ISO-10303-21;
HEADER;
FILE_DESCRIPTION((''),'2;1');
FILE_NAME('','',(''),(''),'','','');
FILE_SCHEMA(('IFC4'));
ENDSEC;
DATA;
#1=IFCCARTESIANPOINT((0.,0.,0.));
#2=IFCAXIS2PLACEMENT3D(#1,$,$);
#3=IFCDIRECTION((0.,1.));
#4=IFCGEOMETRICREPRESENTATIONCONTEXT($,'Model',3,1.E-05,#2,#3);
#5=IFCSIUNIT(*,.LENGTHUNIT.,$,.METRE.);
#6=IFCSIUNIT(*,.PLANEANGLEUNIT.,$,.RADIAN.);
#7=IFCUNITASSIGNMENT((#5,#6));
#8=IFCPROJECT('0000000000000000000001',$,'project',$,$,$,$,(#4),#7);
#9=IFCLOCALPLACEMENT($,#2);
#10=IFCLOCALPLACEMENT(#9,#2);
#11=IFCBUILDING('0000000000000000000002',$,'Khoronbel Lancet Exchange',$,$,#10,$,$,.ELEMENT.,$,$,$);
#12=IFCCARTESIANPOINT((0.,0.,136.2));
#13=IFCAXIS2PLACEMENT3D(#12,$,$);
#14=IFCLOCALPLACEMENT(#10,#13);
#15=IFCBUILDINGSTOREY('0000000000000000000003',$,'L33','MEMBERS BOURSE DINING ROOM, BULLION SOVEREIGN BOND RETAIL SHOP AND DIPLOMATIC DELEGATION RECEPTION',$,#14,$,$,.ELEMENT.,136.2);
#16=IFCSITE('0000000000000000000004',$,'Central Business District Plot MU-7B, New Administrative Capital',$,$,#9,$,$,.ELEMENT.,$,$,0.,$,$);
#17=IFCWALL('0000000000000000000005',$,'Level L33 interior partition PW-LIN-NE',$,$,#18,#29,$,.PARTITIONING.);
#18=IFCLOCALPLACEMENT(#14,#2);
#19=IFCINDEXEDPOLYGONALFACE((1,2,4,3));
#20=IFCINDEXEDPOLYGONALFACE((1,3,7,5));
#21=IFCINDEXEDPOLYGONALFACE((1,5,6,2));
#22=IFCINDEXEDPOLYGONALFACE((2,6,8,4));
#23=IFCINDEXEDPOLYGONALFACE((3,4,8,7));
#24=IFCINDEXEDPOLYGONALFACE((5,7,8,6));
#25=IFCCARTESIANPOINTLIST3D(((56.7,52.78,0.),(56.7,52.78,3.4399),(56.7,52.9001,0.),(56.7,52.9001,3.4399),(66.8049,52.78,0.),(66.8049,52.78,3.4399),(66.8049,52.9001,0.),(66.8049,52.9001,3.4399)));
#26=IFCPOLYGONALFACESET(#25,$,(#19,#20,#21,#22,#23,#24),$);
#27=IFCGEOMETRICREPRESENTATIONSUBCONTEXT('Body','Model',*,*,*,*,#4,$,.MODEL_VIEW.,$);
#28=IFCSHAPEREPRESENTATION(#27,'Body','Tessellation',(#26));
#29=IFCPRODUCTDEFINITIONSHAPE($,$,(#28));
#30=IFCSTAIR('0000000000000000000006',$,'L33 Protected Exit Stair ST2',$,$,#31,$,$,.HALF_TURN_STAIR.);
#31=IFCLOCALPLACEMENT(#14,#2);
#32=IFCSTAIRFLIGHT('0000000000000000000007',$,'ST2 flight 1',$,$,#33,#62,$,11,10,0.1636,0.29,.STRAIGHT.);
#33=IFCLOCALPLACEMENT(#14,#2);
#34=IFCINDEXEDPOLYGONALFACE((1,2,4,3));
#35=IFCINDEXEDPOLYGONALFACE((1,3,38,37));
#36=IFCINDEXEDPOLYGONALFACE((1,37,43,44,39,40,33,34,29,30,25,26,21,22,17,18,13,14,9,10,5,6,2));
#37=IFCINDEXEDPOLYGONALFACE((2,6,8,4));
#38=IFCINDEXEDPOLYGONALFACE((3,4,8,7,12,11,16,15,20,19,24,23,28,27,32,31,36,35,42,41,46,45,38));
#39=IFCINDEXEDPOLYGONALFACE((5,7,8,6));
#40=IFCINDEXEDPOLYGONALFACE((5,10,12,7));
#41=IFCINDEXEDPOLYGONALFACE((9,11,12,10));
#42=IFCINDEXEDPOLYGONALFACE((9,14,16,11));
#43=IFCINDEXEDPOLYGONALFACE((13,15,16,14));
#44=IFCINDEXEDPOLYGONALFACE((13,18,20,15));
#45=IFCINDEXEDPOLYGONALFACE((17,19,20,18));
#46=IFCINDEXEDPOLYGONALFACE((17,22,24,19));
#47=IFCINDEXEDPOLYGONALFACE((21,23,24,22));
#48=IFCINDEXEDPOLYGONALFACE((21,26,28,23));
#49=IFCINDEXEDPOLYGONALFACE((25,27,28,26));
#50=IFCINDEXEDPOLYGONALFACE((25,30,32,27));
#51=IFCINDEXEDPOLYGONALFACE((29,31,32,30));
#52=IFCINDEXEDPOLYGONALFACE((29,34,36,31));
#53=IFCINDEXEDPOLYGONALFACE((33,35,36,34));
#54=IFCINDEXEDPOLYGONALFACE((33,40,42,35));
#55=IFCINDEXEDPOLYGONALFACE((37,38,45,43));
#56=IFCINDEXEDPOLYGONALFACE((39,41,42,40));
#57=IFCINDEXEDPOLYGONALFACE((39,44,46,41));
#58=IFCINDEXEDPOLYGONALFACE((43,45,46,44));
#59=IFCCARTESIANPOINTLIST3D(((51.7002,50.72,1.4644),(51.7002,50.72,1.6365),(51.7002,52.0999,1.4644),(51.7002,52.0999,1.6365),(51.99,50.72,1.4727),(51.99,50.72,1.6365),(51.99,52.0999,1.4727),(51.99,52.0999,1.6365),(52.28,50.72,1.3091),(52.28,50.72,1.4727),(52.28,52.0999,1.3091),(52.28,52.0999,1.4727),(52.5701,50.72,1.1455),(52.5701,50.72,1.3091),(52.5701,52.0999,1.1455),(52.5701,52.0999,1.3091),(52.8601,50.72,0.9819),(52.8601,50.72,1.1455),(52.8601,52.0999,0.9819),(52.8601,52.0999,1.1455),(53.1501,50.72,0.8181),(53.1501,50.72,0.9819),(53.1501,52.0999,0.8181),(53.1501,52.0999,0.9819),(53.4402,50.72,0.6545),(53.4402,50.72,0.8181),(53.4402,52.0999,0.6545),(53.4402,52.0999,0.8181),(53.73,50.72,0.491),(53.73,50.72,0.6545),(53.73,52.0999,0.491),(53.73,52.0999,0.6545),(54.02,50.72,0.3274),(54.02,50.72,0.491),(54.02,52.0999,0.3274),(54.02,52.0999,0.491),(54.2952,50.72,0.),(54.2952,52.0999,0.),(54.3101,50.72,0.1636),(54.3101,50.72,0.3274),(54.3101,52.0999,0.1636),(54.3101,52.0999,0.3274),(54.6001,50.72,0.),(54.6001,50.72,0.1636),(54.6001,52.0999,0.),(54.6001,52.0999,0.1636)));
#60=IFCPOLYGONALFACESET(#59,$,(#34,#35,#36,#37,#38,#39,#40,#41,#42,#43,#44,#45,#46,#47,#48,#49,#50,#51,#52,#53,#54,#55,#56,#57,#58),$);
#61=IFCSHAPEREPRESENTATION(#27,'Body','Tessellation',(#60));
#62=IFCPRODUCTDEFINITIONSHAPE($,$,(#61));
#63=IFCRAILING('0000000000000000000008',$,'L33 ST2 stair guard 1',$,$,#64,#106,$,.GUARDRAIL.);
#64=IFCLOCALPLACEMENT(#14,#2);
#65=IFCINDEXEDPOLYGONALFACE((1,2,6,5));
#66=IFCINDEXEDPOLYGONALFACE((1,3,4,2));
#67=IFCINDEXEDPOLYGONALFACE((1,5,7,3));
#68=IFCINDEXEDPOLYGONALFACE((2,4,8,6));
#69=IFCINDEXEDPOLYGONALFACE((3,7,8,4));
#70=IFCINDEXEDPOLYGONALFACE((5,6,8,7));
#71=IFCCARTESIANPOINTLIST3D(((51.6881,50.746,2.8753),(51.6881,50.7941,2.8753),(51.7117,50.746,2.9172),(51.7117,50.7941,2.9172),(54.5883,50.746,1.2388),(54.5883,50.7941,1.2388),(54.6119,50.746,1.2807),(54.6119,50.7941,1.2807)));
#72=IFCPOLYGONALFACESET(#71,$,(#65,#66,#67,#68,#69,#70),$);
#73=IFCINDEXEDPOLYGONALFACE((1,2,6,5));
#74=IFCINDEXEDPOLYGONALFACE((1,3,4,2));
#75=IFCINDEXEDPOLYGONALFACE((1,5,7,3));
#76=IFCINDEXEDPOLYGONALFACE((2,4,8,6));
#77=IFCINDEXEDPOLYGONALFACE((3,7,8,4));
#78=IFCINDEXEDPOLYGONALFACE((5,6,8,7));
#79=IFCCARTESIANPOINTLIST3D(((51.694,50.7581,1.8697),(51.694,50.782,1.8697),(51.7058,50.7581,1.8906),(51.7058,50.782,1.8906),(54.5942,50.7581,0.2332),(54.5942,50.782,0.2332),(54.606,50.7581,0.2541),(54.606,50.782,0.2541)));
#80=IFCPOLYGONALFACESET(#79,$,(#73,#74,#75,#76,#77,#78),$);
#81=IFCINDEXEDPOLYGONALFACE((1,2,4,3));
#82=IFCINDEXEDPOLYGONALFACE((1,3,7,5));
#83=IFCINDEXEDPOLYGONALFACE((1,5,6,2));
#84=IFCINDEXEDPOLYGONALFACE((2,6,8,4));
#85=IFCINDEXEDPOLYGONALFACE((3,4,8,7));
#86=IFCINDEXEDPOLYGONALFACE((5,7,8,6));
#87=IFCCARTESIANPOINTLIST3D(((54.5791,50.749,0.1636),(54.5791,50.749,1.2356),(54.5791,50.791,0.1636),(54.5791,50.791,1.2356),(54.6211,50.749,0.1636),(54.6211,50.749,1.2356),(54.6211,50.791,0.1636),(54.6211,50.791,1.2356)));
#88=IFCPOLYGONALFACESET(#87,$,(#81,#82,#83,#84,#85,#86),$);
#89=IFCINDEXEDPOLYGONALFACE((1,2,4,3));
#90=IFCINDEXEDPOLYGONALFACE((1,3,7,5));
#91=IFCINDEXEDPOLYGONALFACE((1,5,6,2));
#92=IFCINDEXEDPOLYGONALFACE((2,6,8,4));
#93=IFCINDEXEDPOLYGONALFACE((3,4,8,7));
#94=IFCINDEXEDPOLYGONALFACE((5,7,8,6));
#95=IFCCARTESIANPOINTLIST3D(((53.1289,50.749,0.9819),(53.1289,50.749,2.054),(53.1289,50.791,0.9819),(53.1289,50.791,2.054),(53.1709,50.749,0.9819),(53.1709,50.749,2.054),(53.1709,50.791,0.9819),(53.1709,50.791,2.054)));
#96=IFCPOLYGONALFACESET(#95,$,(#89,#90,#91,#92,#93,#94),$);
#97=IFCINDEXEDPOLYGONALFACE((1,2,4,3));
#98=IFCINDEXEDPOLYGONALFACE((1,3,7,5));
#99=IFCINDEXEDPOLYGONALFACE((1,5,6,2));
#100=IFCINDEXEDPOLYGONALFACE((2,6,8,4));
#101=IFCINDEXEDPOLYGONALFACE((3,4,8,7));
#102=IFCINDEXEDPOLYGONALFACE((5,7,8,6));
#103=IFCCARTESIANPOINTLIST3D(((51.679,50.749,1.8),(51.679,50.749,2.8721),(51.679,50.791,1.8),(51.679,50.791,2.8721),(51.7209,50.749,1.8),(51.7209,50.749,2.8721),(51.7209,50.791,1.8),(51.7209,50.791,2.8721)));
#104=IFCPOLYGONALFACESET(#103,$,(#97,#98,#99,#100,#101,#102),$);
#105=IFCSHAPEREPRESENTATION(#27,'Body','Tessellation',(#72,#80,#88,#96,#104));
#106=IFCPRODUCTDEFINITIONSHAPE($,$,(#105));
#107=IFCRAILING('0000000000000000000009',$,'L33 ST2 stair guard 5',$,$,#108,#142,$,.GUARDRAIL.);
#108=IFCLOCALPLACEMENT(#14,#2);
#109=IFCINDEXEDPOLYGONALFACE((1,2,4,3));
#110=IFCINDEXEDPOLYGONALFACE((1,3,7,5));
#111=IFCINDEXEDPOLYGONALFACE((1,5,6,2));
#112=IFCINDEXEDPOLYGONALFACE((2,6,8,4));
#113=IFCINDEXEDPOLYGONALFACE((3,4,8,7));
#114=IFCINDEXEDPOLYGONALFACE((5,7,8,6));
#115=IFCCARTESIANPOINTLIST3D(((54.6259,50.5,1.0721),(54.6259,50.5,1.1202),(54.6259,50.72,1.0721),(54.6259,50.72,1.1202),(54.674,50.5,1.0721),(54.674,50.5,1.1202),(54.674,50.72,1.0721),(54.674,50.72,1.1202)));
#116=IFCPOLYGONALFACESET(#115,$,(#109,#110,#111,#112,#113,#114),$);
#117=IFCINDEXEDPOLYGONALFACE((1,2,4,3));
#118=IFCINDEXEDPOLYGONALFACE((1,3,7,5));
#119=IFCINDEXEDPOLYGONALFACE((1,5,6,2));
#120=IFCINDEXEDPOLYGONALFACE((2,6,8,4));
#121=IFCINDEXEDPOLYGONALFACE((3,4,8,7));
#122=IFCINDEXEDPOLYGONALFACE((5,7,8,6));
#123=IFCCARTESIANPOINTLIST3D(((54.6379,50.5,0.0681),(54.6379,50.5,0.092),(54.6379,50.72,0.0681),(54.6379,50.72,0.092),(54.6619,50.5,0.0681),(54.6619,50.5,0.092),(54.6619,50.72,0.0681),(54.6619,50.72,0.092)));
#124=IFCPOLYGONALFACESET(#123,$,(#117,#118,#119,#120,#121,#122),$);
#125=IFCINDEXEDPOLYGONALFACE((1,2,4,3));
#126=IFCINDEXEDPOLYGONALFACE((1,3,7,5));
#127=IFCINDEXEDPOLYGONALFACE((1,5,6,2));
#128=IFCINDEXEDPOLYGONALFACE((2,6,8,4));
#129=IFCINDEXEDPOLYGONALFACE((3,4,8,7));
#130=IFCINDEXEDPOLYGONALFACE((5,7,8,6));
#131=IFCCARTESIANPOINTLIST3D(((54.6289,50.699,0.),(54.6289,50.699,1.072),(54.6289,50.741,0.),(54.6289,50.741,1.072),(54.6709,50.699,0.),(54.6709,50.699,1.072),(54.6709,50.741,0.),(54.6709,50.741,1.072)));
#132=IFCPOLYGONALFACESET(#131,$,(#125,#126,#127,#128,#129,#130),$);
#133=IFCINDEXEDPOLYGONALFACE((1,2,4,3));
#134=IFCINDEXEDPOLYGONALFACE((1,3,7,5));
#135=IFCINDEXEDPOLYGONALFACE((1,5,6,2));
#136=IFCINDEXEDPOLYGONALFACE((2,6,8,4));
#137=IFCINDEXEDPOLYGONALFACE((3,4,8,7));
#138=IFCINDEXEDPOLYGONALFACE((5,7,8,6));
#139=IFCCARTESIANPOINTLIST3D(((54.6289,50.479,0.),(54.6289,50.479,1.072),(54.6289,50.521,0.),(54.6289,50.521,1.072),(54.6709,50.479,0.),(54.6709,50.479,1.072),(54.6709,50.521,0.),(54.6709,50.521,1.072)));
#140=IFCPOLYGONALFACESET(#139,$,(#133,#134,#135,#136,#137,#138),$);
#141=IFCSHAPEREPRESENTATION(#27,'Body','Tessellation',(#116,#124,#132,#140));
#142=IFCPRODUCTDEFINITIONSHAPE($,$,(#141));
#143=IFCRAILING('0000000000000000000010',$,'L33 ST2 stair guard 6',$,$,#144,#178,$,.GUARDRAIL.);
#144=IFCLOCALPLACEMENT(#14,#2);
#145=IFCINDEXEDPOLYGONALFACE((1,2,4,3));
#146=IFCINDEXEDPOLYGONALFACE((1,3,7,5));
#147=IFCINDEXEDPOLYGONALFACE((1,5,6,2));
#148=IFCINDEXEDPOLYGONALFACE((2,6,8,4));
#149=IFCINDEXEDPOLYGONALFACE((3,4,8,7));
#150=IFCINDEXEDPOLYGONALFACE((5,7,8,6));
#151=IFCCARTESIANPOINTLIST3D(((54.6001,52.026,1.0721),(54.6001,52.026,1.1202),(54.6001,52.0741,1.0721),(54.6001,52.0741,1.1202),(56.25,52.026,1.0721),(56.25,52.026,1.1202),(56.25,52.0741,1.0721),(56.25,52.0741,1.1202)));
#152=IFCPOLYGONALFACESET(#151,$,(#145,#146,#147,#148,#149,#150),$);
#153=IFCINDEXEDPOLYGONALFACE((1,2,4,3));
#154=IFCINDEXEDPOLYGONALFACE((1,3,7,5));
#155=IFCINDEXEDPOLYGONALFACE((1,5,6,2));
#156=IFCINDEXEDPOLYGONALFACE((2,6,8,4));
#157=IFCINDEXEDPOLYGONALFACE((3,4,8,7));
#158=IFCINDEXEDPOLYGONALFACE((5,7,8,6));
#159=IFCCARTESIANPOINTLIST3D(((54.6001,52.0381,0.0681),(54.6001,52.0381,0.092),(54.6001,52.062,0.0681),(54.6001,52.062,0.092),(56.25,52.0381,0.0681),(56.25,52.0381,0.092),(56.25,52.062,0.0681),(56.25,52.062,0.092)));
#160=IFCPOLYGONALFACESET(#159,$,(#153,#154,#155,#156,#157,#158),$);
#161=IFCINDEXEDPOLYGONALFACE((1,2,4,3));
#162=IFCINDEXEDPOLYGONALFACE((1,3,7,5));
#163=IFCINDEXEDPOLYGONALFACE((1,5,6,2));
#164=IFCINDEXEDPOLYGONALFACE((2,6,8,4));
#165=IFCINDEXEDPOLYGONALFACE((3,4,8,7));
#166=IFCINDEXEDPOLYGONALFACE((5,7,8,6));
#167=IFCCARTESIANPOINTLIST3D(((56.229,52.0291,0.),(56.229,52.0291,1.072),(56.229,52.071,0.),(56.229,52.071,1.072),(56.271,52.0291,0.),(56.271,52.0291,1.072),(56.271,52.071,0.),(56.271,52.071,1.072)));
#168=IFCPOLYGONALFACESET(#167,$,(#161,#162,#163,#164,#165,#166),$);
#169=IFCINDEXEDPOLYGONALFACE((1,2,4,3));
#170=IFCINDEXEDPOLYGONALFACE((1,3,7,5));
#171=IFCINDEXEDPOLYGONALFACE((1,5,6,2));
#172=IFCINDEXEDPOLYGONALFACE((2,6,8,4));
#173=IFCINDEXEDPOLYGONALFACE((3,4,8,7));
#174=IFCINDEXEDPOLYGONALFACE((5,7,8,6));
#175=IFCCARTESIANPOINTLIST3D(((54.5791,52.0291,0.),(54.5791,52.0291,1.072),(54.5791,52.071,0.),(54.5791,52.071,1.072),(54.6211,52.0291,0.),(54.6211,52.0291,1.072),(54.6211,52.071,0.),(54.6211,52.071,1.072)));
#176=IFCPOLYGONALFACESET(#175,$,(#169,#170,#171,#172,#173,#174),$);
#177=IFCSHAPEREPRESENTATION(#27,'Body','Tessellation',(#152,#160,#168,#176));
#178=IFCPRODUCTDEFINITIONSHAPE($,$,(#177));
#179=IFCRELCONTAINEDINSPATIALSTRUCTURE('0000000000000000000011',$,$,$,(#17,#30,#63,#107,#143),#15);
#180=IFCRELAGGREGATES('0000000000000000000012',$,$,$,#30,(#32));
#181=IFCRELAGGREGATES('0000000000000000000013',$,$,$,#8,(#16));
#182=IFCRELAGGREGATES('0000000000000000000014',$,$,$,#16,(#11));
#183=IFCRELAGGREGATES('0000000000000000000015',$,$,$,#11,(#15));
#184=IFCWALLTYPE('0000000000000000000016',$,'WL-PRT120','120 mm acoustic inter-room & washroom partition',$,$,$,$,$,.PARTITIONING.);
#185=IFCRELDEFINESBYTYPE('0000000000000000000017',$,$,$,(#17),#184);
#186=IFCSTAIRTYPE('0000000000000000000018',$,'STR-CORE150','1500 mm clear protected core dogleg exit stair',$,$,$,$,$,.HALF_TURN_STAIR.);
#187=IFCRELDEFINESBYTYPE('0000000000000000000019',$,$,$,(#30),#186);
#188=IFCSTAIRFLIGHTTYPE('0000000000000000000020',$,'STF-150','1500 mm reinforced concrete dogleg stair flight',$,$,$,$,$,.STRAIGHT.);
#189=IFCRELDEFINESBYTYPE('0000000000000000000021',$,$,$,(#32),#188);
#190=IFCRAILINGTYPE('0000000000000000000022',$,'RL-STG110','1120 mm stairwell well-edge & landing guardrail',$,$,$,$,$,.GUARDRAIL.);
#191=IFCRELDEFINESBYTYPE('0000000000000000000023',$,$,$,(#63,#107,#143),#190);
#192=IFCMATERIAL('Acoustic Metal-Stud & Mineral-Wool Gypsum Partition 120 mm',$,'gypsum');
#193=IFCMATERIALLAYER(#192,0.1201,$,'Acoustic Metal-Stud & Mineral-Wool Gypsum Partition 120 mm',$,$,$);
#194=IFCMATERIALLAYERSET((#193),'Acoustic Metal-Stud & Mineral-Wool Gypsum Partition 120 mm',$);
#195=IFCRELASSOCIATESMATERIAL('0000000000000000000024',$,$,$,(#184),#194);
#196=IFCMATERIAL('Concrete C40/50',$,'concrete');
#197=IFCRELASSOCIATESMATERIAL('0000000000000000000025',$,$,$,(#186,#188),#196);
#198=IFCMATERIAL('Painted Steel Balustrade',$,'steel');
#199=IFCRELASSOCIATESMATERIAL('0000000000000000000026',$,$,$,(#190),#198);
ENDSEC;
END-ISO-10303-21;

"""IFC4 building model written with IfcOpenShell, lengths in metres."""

from ifc_helpers import new_model, si_unit, direction, frame, frame_2d, origin, origin_2d, place, context, subcontext, project, spatial, polyline, rectangle, outline, extrude, material, layer, layer_set, type_object, element, aggregate, save


model = new_model("IFC4")

# Units and contexts
model_context = context("Model", 3, precision=1e-05, world=origin(), true_north=direction((0.0, 1.0)))
body_context = subcontext(model_context, "Body", "Model", "MODEL_VIEW")
ifc_project = project(units=[si_unit("LENGTHUNIT", "METRE"), si_unit("PLANEANGLEUNIT", "RADIAN")], contexts=[model_context])

# Site, building, storey
site_placement = place(None, origin())
site = spatial("IfcSite", under=ifc_project, at=site_placement, Name="Central Business District Plot MU-7B, New Administrative Capital", CompositionType="ELEMENT", RefElevation=0.0)
building_placement = place(site_placement, origin())
building = spatial("IfcBuilding", under=site, at=building_placement, Name="Khoronbel Lancet Exchange", CompositionType="ELEMENT")
storey_placement = place(building_placement, frame((0.0, 0.0, 136.2)))
storey = spatial("IfcBuildingStorey", under=building, at=storey_placement, Name="L33", Description="MEMBERS BOURSE DINING ROOM, BULLION SOVEREIGN BOND RETAIL SHOP AND DIPLOMATIC DELEGATION RECEPTION", CompositionType="ELEMENT", Elevation=136.2)

# Shared definitions
ifc_material_1 = material(Name="Acoustic Metal-Stud & Mineral-Wool Gypsum Partition 120 mm", Category="gypsum")
ifc_layer_1 = layer(ifc_material_1, 0.1201, Name="Acoustic Metal-Stud & Mineral-Wool Gypsum Partition 120 mm")
ifc_layer_set_1 = layer_set([ifc_layer_1], Name="Acoustic Metal-Stud & Mineral-Wool Gypsum Partition 120 mm")
wall_type_1 = type_object("IfcWallType", Name="WL-PRT120", Description="120 mm acoustic inter-room & washroom partition", PredefinedType="PARTITIONING", material=ifc_layer_set_1)

# Wall
wall_1_placement = place(storey_placement, frame((56.7, 52.8401, 0.0), z_axis=(0.0, 0.0, 1.0), x_axis=(1.0, 0.0, 0.0)))
element("IfcWall", 1, at=wall_1_placement, inside=storey, type_object=wall_type_1, Name="Level L33 interior partition PW-LIN-NE", PredefinedType="PARTITIONING", context=body_context, shape_type="SweptSolid", body=[
    extrude(rectangle(XDim=10.105, YDim=0.1201, at=frame_2d((5.0525, 0.0))), origin(), (0.0, 0.0, 1.0), 3.4399),
])

# Stair, stair flight
ifc_material_2 = material(Name="Concrete C40/50", Category="concrete")
stair_type = type_object("IfcStairType", Name="STR-CORE150", Description="1500 mm clear protected core dogleg exit stair", PredefinedType="HALF_TURN_STAIR", material=ifc_material_2)
stair_placement = place(storey_placement, origin())
stair = element("IfcStair", 2, at=stair_placement, inside=storey, type_object=stair_type, Name="L33 Protected Exit Stair ST2", PredefinedType="HALF_TURN_STAIR")
stair_flight_type = type_object("IfcStairFlightType", Name="STF-150", Description="1500 mm reinforced concrete dogleg stair flight", PredefinedType="STRAIGHT", material=ifc_material_2)
stair_flight_placement = place(storey_placement, frame((54.6001, 51.4099, 0.0), z_axis=(0.0, 0.0, 1.0), x_axis=(-1.0, 0.0, 0.0)))
stair_flight = element("IfcStairFlight", 3, at=stair_flight_placement, type_object=stair_flight_type, Name="ST2 flight 1", NumberOfRisers=11, NumberOfTreads=10, PredefinedType="STRAIGHT", RiserHeight=0.1636, TreadLength=0.29, context=body_context, shape_type="SweptSolid", body=[
    extrude(outline(polyline([(0.0, 0.0), (0.0, 0.1636), (0.29, 0.1636), (0.29, 0.3274), (0.5801, 0.3274), (0.5801, 0.491), (0.8701, 0.491), (0.8701, 0.6545), (1.1599, 0.6545), (1.1599, 0.8181), (1.45, 0.8181), (1.45, 0.9819), (1.74, 0.9819), (1.74, 1.1455), (2.03, 1.1455), (2.03, 1.3091), (2.3201, 1.3091), (2.3201, 1.4727), (2.6101, 1.4727), (2.6101, 1.6365), (2.8999, 1.6365), (2.8999, 1.8), (2.8999, 1.4644), (0.3049, 0.0), (0.0, 0.0)])), frame((0.0, 0.6899, 0.0), z_axis=(0.0, -1.0, 0.0), x_axis=(1.0, 0.0, 0.0)), (0.0, 0.0, 1.0), 1.3799),
])
aggregate(stair, [stair_flight])

# Railings
ifc_material_3 = material(Name="Painted Steel Balustrade", Category="steel")
railing_type_1 = type_object("IfcRailingType", Name="RL-STG110", Description="1120 mm stairwell well-edge & landing guardrail", PredefinedType="GUARDRAIL", material=ifc_material_3)
railing_1_placement = place(storey_placement, frame((54.6001, 50.77, 0.1636)))
element("IfcRailing", 4, at=railing_1_placement, inside=storey, type_object=railing_type_1, Name="L33 ST2 stair guard 1", PredefinedType="GUARDRAIL", context=body_context, shape_type="SweptSolid", body=[
    extrude(rectangle(XDim=0.0481, YDim=0.0481, at=origin_2d()), frame((0.0, 0.0, 1.0962), z_axis=(-0.870915, 0.0, 0.491434), x_axis=(0.0, -1.0, 0.0)), (0.0, 0.0, 1.0), 3.3301),
    extrude(rectangle(XDim=0.0239, YDim=0.0239, at=origin_2d()), frame((0.0, 0.0, 0.0801), z_axis=(-0.870915, 0.0, 0.491434), x_axis=(0.0, -1.0, 0.0)), (0.0, 0.0, 1.0), 3.3301),
    extrude(rectangle(XDim=0.042, YDim=0.042, at=origin_2d()), origin(), (0.0, 0.0, 1.0), 1.072),
    extrude(rectangle(XDim=0.042, YDim=0.042, at=origin_2d()), frame((-1.4502, 0.0, 0.8184)), (0.0, 0.0, 1.0), 1.072),
    extrude(rectangle(XDim=0.042, YDim=0.042, at=origin_2d()), frame((-2.9001, 0.0, 1.6365)), (0.0, 0.0, 1.0), 1.072),
])
railing_2_placement = place(storey_placement, frame((54.6499, 50.72, 0.0)))
element("IfcRailing", 5, at=railing_2_placement, inside=storey, type_object=railing_type_1, Name="L33 ST2 stair guard 5", PredefinedType="GUARDRAIL", context=body_context, shape_type="SweptSolid", body=[
    extrude(rectangle(XDim=0.0481, YDim=0.0481, at=origin_2d()), frame((0.0, 0.0, 1.0962), z_axis=(0.0, -1.0, 0.0), x_axis=(1.0, 0.0, 0.0)), (0.0, 0.0, 1.0), 0.22),
    extrude(rectangle(XDim=0.0239, YDim=0.0239, at=origin_2d()), frame((0.0, 0.0, 0.0801), z_axis=(0.0, -1.0, 0.0), x_axis=(1.0, 0.0, 0.0)), (0.0, 0.0, 1.0), 0.22),
    extrude(rectangle(XDim=0.042, YDim=0.042, at=origin_2d()), origin(), (0.0, 0.0, 1.0), 1.072),
    extrude(rectangle(XDim=0.042, YDim=0.042, at=origin_2d()), frame((0.0, -0.22, 0.0)), (0.0, 0.0, 1.0), 1.072),
])
railing_3_placement = place(storey_placement, frame((56.25, 52.05, 0.0)))
element("IfcRailing", 6, at=railing_3_placement, inside=storey, type_object=railing_type_1, Name="L33 ST2 stair guard 6", PredefinedType="GUARDRAIL", context=body_context, shape_type="SweptSolid", body=[
    extrude(rectangle(XDim=0.0481, YDim=0.0481, at=origin_2d()), frame((0.0, 0.0, 1.0962), z_axis=(-1.0, 0.0, 0.0), x_axis=(0.0, -1.0, 0.0)), (0.0, 0.0, 1.0), 1.6499),
    extrude(rectangle(XDim=0.0239, YDim=0.0239, at=origin_2d()), frame((0.0, 0.0, 0.0801), z_axis=(-1.0, 0.0, 0.0), x_axis=(0.0, -1.0, 0.0)), (0.0, 0.0, 1.0), 1.6499),
    extrude(rectangle(XDim=0.042, YDim=0.042, at=origin_2d()), origin(), (0.0, 0.0, 1.0), 1.072),
    extrude(rectangle(XDim=0.042, YDim=0.042, at=origin_2d()), frame((-1.6499, 0.0, 0.0)), (0.0, 0.0, 1.0), 1.072),
])

save(model, "model.ifc")
